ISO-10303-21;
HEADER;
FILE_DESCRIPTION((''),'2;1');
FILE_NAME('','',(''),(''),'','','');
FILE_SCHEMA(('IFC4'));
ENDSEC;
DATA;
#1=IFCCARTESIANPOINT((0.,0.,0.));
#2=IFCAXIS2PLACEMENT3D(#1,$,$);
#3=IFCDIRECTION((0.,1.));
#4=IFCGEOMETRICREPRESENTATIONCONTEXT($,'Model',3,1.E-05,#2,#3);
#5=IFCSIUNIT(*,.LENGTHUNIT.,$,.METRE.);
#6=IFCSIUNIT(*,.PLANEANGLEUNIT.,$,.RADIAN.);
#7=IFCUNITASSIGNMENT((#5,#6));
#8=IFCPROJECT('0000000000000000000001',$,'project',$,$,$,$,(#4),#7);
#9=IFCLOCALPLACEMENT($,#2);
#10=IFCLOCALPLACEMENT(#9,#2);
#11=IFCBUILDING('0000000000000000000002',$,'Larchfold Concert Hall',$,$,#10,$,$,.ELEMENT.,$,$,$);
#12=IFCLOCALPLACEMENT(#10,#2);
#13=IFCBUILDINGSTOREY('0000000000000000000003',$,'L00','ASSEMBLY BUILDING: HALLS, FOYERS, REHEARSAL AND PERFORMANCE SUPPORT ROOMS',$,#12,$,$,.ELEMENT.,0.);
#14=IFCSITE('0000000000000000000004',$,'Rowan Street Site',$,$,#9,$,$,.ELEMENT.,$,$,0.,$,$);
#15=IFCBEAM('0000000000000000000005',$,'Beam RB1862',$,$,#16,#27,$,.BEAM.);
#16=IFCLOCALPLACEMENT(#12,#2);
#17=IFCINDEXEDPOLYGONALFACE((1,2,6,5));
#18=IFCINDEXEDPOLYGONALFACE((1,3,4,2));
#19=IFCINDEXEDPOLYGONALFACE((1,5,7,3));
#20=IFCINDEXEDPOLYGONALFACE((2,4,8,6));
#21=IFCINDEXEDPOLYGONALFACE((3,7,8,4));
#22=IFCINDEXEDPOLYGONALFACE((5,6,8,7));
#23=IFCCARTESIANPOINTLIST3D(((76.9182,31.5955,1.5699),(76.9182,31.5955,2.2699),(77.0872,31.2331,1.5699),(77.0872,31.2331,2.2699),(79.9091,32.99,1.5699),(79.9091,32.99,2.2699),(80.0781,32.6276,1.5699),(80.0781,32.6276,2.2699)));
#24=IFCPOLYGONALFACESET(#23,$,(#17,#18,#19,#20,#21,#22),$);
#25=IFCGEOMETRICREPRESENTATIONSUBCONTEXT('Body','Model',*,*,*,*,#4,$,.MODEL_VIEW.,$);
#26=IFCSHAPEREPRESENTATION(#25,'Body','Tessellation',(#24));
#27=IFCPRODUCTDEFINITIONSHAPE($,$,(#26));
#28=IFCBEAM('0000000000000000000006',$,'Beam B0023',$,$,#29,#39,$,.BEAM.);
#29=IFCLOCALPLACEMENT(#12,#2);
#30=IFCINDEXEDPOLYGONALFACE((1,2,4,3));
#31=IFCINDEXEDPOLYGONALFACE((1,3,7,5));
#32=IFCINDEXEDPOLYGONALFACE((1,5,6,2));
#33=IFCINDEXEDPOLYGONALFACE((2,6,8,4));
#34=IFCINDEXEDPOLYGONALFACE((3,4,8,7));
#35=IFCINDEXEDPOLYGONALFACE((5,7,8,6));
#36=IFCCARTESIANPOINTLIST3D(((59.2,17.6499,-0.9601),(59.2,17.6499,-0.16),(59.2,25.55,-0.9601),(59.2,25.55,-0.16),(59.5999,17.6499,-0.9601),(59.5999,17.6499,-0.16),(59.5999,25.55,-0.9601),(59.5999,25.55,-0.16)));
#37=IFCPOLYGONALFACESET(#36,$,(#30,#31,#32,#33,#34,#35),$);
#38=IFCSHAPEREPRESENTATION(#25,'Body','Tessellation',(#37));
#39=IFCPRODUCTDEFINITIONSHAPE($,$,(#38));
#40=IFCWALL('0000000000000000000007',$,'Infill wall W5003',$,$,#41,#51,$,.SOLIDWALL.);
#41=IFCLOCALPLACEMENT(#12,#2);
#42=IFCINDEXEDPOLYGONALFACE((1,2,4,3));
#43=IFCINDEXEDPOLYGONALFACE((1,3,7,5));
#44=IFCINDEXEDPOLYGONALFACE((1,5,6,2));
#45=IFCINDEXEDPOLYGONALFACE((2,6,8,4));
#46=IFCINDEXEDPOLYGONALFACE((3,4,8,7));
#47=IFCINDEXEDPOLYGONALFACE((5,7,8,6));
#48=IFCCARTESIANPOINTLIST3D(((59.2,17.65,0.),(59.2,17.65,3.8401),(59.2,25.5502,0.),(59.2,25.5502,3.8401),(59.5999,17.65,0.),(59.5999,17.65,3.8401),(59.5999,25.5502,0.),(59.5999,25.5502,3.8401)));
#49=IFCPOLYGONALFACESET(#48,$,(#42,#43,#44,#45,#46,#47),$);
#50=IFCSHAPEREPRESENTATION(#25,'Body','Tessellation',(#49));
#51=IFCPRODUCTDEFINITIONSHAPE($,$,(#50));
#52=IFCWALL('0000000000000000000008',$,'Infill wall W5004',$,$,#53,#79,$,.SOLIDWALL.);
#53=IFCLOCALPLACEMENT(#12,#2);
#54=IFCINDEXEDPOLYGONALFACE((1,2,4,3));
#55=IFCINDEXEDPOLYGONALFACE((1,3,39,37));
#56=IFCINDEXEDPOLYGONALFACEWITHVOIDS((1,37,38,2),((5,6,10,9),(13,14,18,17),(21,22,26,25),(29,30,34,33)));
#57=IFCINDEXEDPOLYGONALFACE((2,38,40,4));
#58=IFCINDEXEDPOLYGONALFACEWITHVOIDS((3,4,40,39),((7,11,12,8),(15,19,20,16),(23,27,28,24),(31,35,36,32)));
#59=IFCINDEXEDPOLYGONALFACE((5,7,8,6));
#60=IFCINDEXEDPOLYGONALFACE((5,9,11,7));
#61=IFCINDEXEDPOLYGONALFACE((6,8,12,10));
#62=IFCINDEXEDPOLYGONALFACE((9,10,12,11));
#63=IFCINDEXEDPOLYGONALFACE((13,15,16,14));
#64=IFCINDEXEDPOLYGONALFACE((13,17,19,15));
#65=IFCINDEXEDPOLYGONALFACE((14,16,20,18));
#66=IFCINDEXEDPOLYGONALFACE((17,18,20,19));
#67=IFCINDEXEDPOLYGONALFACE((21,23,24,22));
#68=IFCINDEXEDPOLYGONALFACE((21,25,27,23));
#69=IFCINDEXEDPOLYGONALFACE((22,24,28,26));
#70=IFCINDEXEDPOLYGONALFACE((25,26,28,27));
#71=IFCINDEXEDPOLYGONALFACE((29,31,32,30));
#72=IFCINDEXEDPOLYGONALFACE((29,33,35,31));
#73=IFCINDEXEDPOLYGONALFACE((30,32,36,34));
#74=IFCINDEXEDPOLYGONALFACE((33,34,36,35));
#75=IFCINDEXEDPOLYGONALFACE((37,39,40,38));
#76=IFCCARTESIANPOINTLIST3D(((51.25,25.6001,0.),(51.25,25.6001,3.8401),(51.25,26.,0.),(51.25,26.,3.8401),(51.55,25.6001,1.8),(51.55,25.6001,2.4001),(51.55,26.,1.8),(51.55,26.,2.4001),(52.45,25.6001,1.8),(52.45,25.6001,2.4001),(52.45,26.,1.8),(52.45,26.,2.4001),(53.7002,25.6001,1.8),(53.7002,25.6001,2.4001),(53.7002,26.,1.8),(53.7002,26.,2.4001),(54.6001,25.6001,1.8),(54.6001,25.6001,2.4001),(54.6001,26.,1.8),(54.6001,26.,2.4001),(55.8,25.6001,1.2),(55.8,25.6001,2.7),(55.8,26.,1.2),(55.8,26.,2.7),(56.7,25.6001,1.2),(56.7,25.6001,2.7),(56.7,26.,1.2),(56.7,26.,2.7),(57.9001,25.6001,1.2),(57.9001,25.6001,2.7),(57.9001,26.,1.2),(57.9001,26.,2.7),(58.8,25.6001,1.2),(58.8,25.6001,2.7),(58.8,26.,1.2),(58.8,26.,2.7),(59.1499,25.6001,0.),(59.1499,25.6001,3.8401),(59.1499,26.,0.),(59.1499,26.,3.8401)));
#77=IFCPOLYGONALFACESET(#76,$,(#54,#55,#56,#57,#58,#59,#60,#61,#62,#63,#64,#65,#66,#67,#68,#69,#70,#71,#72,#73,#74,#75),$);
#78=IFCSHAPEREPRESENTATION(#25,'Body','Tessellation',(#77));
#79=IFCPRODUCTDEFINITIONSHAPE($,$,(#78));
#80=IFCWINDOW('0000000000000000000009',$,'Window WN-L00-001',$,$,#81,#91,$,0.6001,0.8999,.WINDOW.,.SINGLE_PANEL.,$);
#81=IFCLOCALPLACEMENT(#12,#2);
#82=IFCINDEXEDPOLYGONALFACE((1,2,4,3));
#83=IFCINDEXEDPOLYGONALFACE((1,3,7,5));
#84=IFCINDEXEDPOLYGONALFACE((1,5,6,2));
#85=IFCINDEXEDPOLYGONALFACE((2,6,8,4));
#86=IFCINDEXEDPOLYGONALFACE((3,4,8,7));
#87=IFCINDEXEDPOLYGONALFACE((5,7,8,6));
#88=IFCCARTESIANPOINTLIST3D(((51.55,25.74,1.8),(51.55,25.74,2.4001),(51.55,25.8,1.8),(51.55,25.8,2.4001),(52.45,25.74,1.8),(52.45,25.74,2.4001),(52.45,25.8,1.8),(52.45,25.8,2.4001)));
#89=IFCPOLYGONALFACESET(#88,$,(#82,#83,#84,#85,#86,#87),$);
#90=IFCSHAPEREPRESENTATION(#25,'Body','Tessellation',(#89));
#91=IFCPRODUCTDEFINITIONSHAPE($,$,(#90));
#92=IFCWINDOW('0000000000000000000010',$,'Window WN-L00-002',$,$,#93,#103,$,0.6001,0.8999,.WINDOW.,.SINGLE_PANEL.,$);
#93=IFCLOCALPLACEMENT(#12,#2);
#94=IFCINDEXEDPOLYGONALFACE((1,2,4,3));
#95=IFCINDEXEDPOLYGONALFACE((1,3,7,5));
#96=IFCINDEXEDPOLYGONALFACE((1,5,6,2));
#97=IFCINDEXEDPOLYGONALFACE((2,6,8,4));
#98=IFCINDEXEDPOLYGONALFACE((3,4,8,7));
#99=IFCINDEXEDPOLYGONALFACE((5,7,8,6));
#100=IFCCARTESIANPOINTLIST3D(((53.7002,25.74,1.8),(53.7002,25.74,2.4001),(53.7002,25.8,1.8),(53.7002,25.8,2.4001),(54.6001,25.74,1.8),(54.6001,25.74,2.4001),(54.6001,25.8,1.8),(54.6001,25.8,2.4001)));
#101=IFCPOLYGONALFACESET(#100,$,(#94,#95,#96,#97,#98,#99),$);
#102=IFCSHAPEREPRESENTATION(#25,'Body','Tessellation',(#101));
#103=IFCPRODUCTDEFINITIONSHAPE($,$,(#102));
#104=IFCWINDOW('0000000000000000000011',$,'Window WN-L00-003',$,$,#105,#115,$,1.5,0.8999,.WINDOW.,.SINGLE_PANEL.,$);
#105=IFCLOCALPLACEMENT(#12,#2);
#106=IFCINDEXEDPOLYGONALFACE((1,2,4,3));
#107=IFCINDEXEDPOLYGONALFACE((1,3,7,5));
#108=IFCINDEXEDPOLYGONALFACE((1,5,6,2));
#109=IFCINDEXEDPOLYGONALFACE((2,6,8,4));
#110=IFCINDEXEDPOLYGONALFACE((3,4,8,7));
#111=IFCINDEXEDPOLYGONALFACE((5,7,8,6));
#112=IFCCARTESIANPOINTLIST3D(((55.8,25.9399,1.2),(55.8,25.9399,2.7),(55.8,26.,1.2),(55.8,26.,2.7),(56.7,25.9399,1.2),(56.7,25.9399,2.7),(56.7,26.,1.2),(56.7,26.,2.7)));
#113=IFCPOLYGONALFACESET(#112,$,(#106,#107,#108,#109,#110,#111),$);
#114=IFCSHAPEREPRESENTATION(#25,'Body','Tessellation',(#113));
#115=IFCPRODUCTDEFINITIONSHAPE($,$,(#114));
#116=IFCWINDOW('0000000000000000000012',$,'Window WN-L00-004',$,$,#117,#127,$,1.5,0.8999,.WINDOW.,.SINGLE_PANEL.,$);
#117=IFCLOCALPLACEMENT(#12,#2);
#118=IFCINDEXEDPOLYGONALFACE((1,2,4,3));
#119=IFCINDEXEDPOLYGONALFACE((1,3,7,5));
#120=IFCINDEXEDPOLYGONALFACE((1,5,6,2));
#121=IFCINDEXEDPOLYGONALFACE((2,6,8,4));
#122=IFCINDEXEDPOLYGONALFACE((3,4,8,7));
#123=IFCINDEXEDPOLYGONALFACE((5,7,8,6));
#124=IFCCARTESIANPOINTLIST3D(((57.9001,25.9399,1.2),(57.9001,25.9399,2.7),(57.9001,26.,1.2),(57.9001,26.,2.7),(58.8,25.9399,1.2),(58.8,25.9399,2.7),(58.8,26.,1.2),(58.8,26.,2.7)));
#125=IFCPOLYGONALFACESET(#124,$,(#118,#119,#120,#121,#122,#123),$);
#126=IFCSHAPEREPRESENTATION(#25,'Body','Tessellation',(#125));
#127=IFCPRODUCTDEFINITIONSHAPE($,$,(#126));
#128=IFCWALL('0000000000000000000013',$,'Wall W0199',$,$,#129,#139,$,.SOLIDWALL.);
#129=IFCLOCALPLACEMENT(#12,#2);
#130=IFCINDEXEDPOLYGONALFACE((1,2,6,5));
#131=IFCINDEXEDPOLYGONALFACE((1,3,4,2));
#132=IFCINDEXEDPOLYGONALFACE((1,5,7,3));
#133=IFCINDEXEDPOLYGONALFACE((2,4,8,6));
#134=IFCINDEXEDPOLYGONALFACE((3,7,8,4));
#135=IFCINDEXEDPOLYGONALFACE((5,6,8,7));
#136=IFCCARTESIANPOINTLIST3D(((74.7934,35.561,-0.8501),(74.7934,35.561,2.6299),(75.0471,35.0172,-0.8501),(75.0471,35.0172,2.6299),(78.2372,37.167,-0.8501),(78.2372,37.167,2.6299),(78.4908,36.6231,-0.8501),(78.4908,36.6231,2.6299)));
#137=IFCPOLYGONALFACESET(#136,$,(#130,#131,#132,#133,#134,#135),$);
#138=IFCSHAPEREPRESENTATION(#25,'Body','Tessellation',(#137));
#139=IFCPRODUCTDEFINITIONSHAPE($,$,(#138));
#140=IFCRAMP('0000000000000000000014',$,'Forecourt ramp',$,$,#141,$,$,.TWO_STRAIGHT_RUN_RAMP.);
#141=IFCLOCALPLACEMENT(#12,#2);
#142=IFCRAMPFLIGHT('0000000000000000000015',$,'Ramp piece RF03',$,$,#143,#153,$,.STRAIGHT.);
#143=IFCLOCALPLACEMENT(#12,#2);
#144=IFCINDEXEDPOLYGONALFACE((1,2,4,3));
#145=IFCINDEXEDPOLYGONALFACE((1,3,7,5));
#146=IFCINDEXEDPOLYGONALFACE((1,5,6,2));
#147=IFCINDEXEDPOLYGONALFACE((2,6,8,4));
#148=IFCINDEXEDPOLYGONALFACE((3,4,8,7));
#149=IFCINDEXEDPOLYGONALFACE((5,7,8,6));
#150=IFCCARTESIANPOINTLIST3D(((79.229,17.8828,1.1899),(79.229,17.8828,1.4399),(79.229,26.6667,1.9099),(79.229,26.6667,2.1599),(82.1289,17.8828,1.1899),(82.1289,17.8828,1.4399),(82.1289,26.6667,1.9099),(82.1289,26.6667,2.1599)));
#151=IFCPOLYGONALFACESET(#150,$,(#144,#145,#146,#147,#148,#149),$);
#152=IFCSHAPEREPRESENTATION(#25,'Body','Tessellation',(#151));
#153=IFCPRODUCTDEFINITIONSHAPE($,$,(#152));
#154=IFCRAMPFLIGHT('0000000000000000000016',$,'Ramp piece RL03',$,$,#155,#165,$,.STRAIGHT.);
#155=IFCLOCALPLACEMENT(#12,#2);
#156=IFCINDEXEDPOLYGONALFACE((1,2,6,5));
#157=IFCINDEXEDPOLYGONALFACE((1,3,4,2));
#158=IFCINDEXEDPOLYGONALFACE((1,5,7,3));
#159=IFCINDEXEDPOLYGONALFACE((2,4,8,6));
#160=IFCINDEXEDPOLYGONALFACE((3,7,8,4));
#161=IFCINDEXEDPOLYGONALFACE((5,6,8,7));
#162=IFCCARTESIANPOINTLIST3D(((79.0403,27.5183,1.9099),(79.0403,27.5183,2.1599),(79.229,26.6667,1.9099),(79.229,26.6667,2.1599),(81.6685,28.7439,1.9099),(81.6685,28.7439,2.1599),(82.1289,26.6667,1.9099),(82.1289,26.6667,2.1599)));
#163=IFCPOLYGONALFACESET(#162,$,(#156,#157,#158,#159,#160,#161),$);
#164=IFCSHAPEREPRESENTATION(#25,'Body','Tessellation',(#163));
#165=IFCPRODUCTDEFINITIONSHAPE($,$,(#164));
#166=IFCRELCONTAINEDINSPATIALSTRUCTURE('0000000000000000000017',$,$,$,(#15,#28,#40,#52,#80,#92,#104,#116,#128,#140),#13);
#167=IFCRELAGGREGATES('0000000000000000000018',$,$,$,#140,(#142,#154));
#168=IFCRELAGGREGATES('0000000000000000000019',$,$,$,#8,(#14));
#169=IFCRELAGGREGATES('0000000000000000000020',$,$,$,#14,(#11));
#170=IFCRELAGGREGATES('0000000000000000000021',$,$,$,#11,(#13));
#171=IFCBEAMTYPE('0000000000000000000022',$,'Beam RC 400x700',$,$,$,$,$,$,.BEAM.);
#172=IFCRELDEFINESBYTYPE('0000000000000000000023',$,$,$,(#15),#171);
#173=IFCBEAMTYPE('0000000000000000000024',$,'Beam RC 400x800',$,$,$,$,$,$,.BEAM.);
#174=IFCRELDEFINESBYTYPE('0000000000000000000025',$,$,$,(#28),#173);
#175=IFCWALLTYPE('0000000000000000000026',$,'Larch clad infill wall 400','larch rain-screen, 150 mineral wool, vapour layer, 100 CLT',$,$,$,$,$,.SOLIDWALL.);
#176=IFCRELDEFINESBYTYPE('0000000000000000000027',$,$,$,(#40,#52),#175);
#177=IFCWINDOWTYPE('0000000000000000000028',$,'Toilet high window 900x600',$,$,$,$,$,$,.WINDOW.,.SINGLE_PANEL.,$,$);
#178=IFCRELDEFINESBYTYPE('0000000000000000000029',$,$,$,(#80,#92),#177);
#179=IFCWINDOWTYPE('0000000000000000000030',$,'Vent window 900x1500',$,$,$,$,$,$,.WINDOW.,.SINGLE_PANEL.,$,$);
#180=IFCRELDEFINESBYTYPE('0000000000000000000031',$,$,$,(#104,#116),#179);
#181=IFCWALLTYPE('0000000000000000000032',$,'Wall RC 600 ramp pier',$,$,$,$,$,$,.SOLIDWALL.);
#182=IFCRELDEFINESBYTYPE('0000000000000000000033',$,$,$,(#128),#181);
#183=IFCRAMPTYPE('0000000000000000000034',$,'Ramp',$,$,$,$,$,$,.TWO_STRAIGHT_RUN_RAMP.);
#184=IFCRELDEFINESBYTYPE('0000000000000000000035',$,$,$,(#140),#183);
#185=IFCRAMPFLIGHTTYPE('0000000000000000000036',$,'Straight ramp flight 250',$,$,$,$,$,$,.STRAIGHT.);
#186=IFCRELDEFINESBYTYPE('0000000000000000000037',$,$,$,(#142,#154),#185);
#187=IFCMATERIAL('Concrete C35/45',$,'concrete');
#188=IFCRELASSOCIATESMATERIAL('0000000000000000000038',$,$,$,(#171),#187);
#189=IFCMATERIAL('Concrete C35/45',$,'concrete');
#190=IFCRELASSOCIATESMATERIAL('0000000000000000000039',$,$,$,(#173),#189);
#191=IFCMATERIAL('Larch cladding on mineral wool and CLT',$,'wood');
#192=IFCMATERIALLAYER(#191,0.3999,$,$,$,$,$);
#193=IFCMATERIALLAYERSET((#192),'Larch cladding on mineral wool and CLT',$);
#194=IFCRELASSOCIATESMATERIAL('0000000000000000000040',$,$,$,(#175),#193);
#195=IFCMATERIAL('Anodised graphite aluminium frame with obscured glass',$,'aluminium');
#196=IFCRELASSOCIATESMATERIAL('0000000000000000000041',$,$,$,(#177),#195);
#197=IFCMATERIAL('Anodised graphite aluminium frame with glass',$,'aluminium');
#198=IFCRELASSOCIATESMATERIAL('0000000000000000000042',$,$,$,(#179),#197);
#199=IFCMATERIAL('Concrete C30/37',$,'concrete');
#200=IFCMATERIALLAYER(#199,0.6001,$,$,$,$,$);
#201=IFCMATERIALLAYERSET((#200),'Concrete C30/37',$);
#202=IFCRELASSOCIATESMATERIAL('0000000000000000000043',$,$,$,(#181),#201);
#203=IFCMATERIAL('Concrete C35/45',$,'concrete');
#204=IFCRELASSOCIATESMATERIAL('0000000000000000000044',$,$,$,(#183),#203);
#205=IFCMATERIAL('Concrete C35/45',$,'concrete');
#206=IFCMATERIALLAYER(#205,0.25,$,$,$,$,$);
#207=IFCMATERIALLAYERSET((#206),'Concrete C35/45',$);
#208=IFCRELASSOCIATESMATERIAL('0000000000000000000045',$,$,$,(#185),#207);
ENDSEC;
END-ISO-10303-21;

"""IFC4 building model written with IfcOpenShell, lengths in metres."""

from ifc_helpers import new_model, si_unit, direction, frame, frame_2d, origin, origin_2d, place, context, subcontext, project, spatial, polyline, rectangle, outline, extrude, material, layer, layer_set, material_profile, profile_set, type_object, element, fill, aggregate, save


model = new_model("IFC4")

# Units and contexts
model_context = context("Model", 3, precision=1e-05, world=origin(), true_north=direction((0.0, 1.0)))
body_context = subcontext(model_context, "Body", "Model", "MODEL_VIEW")
ifc_project = project(units=[si_unit("LENGTHUNIT", "METRE"), si_unit("PLANEANGLEUNIT", "RADIAN")], contexts=[model_context])

# Site, building, storey
site_placement = place(None, origin())
site = spatial("IfcSite", under=ifc_project, at=site_placement, Name="Rowan Street Site", CompositionType="ELEMENT", RefElevation=0.0)
building_placement = place(site_placement, origin())
building = spatial("IfcBuilding", under=site, at=building_placement, Name="Larchfold Concert Hall", CompositionType="ELEMENT")
storey_placement = place(building_placement, origin())
storey = spatial("IfcBuildingStorey", under=building, at=storey_placement, Name="L00", Description="ASSEMBLY BUILDING: HALLS, FOYERS, REHEARSAL AND PERFORMANCE SUPPORT ROOMS", CompositionType="ELEMENT", Elevation=0.0)

# Beams
ifc_material_1 = material(Name="Concrete C35/45", Category="concrete")
ifc_material_profile_1 = material_profile(ifc_material_1, rectangle(XDim=0.3999, YDim=0.7, at=origin_2d()))
ifc_profile_set_1 = profile_set([ifc_material_profile_1], Name="Concrete C35/45")
beam_type_1 = type_object("IfcBeamType", Name="Beam RC 400x700", PredefinedType="BEAM", material=ifc_profile_set_1)
beam_1_placement = place(storey_placement, frame((77.0027, 31.4143, 1.9199), z_axis=(0.906329, 0.422574, 0.0), x_axis=(-0.422574, 0.906329, 0.0)))
element("IfcBeam", 1, at=beam_1_placement, inside=storey, type_object=beam_type_1, Name="Beam RB1862", PredefinedType="BEAM", context=body_context, shape_type="SweptSolid", body=[
    extrude(rectangle(XDim=0.3999, YDim=0.7, at=origin_2d()), origin(), (0.0, 0.0, 1.0), 3.3),
])
ifc_material_2 = material(Name="Concrete C35/45", Category="concrete")
ifc_material_profile_2 = material_profile(ifc_material_2, rectangle(XDim=0.3999, YDim=0.8, at=origin_2d()))
ifc_profile_set_2 = profile_set([ifc_material_profile_2], Name="Concrete C35/45")
beam_type_2 = type_object("IfcBeamType", Name="Beam RC 400x800", PredefinedType="BEAM", material=ifc_profile_set_2)
beam_2_placement = place(storey_placement, frame((59.3999, 17.6499, -0.5601), z_axis=(0.0, 1.0, 0.0), x_axis=(-1.0, 0.0, 0.0)))
element("IfcBeam", 2, at=beam_2_placement, inside=storey, type_object=beam_type_2, Name="Beam B0023", PredefinedType="BEAM", context=body_context, shape_type="SweptSolid", body=[
    extrude(rectangle(XDim=0.3999, YDim=0.8, at=origin_2d()), origin(), (0.0, 0.0, 1.0), 7.9001),
])

# Wall
ifc_material_3 = material(Name="Larch cladding on mineral wool and CLT", Category="wood")
ifc_layer_1 = layer(ifc_material_3, 0.3999)
ifc_layer_set_1 = layer_set([ifc_layer_1], Name="Larch cladding on mineral wool and CLT")
wall_type_1 = type_object("IfcWallType", Name="Larch clad infill wall 400", Description="larch rain-screen, 150 mineral wool, vapour layer, 100 CLT", PredefinedType="SOLIDWALL", material=ifc_layer_set_1)
wall_1_placement = place(storey_placement, frame((59.3999, 17.6499, 0.0), z_axis=(0.0, 0.0, 1.0), x_axis=(0.0, 1.0, 0.0)))
element("IfcWall", 3, at=wall_1_placement, inside=storey, type_object=wall_type_1, Name="Infill wall W5003", PredefinedType="SOLIDWALL", context=body_context, shape_type="SweptSolid", body=[
    extrude(rectangle(XDim=7.9001, YDim=0.3999, at=frame_2d((3.9502, 0.0))), origin(), (0.0, 0.0, 1.0), 3.8401),
])

# Wall, openings, windows
wall_2_placement = place(storey_placement, frame((59.1499, 25.8, 0.0), z_axis=(0.0, 0.0, 1.0), x_axis=(-1.0, 0.0, 0.0)))
wall_2 = element("IfcWall", 4, at=wall_2_placement, inside=storey, type_object=wall_type_1, Name="Infill wall W5004", PredefinedType="SOLIDWALL", context=body_context, shape_type="SweptSolid", body=[
    extrude(rectangle(XDim=7.8999, YDim=0.3999, at=frame_2d((3.95, 0.0))), origin(), (0.0, 0.0, 1.0), 3.8401),
])
opening_1_placement = place(wall_2_placement, frame((6.7, 0.0, 1.8)))
opening_1 = element("IfcOpeningElement", 5, at=opening_1_placement, cuts=wall_2, PredefinedType="OPENING", context=body_context, shape_type="SweptSolid", body=[
    extrude(rectangle(XDim=0.8999, YDim=0.6001, at=frame_2d((0.45, 0.3))), frame((0.0, 0.21, 0.0), z_axis=(0.0, -1.0, 0.0), x_axis=(1.0, 0.0, 0.0)), (0.0, 0.0, 1.0), 0.4199),
])
opening_2_placement = place(wall_2_placement, frame((4.5498, 0.0, 1.8)))
opening_2 = element("IfcOpeningElement", 6, at=opening_2_placement, cuts=wall_2, PredefinedType="OPENING", context=body_context, shape_type="SweptSolid", body=[
    extrude(rectangle(XDim=0.8999, YDim=0.6001, at=frame_2d((0.45, 0.3))), frame((0.0, 0.21, 0.0), z_axis=(0.0, -1.0, 0.0), x_axis=(1.0, 0.0, 0.0)), (0.0, 0.0, 1.0), 0.4199),
])
opening_3_placement = place(wall_2_placement, frame((2.45, 0.0, 1.2)))
opening_3 = element("IfcOpeningElement", 7, at=opening_3_placement, cuts=wall_2, PredefinedType="OPENING", context=body_context, shape_type="SweptSolid", body=[
    extrude(rectangle(XDim=0.8999, YDim=1.5, at=frame_2d((0.45, 0.75))), frame((0.0, 0.21, 0.0), z_axis=(0.0, -1.0, 0.0), x_axis=(1.0, 0.0, 0.0)), (0.0, 0.0, 1.0), 0.4199),
])
opening_4_placement = place(wall_2_placement, frame((0.3499, 0.0, 1.2)))
opening_4 = element("IfcOpeningElement", 8, at=opening_4_placement, cuts=wall_2, PredefinedType="OPENING", context=body_context, shape_type="SweptSolid", body=[
    extrude(rectangle(XDim=0.8999, YDim=1.5, at=frame_2d((0.45, 0.75))), frame((0.0, 0.21, 0.0), z_axis=(0.0, -1.0, 0.0), x_axis=(1.0, 0.0, 0.0)), (0.0, 0.0, 1.0), 0.4199),
])
ifc_material_4 = material(Name="Anodised graphite aluminium frame with obscured glass", Category="aluminium")
window_type_1 = type_object("IfcWindowType", Name="Toilet high window 900x600", PartitioningType="SINGLE_PANEL", PredefinedType="WINDOW", material=ifc_material_4)
window_1_placement = place(opening_1_placement, origin())
window_1 = element("IfcWindow", 9, at=window_1_placement, inside=storey, type_object=window_type_1, Name="Window WN-L00-001", OverallHeight=0.6001, OverallWidth=0.8999, PartitioningType="SINGLE_PANEL", PredefinedType="WINDOW", context=body_context, shape_type="SweptSolid", body=[
    extrude(rectangle(XDim=0.8999, YDim=0.6001, at=frame_2d((0.45, 0.3))), frame((0.0, 0.0601, 0.0), z_axis=(0.0, -1.0, 0.0), x_axis=(1.0, 0.0, 0.0)), (0.0, 0.0, 1.0), 0.0601),
])
fill(opening_1, window_1)
window_2_placement = place(opening_2_placement, origin())
window_2 = element("IfcWindow", 10, at=window_2_placement, inside=storey, type_object=window_type_1, Name="Window WN-L00-002", OverallHeight=0.6001, OverallWidth=0.8999, PartitioningType="SINGLE_PANEL", PredefinedType="WINDOW", context=body_context, shape_type="SweptSolid", body=[
    extrude(rectangle(XDim=0.8999, YDim=0.6001, at=frame_2d((0.45, 0.3))), frame((0.0, 0.0601, 0.0), z_axis=(0.0, -1.0, 0.0), x_axis=(1.0, 0.0, 0.0)), (0.0, 0.0, 1.0), 0.0601),
])
fill(opening_2, window_2)
ifc_material_5 = material(Name="Anodised graphite aluminium frame with glass", Category="aluminium")
window_type_2 = type_object("IfcWindowType", Name="Vent window 900x1500", PartitioningType="SINGLE_PANEL", PredefinedType="WINDOW", material=ifc_material_5)
window_3_placement = place(opening_3_placement, origin())
window_3 = element("IfcWindow", 11, at=window_3_placement, inside=storey, type_object=window_type_2, Name="Window WN-L00-003", OverallHeight=1.5, OverallWidth=0.8999, PartitioningType="SINGLE_PANEL", PredefinedType="WINDOW", context=body_context, shape_type="SweptSolid", body=[
    extrude(rectangle(XDim=0.8999, YDim=1.5, at=frame_2d((0.45, 0.75))), frame((0.0, -0.1399, 0.0), z_axis=(0.0, -1.0, 0.0), x_axis=(1.0, 0.0, 0.0)), (0.0, 0.0, 1.0), 0.0601),
])
fill(opening_3, window_3)
window_4_placement = place(opening_4_placement, origin())
window_4 = element("IfcWindow", 12, at=window_4_placement, inside=storey, type_object=window_type_2, Name="Window WN-L00-004", OverallHeight=1.5, OverallWidth=0.8999, PartitioningType="SINGLE_PANEL", PredefinedType="WINDOW", context=body_context, shape_type="SweptSolid", body=[
    extrude(rectangle(XDim=0.8999, YDim=1.5, at=frame_2d((0.45, 0.75))), frame((0.0, -0.1399, 0.0), z_axis=(0.0, -1.0, 0.0), x_axis=(1.0, 0.0, 0.0)), (0.0, 0.0, 1.0), 0.0601),
])
fill(opening_4, window_4)

# Wall
ifc_material_6 = material(Name="Concrete C30/37", Category="concrete")
ifc_layer_2 = layer(ifc_material_6, 0.6001)
ifc_layer_set_2 = layer_set([ifc_layer_2], Name="Concrete C30/37")
wall_type_2 = type_object("IfcWallType", Name="Wall RC 600 ramp pier", PredefinedType="SOLIDWALL", material=ifc_layer_set_2)
wall_3_placement = place(storey_placement, frame((78.364, 36.895, -0.8501), z_axis=(0.0, 0.0, 1.0), x_axis=(-0.906301, -0.422632, 0.0)))
element("IfcWall", 13, at=wall_3_placement, inside=storey, type_object=wall_type_2, Name="Wall W0199", PredefinedType="SOLIDWALL", context=body_context, shape_type="SweptSolid", body=[
    extrude(rectangle(XDim=3.7998, YDim=0.6001, at=frame_2d((1.8999, 0.0))), origin(), (0.0, 0.0, 1.0), 3.48),
])

# Ramp, ramp flights
ifc_material_7 = material(Name="Concrete C35/45", Category="concrete")
ramp_type = type_object("IfcRampType", Name="Ramp", PredefinedType="TWO_STRAIGHT_RUN_RAMP", material=ifc_material_7)
ramp_placement = place(storey_placement, origin())
ramp = element("IfcRamp", 14, at=ramp_placement, inside=storey, type_object=ramp_type, Name="Forecourt ramp", PredefinedType="TWO_STRAIGHT_RUN_RAMP")
ifc_material_8 = material(Name="Concrete C35/45", Category="concrete")
ifc_layer_3 = layer(ifc_material_8, 0.25)
ifc_layer_set_3 = layer_set([ifc_layer_3], Name="Concrete C35/45")
ramp_flight_type = type_object("IfcRampFlightType", Name="Straight ramp flight 250", PredefinedType="STRAIGHT", material=ifc_layer_set_3)
ramp_flight_1_placement = place(storey_placement, frame((79.229, 17.8828, 1.4399), z_axis=(0.0, -0.081691, 0.996658), x_axis=(0.0, 0.996658, 0.081691)))
ramp_flight_1 = element("IfcRampFlight", 15, at=ramp_flight_1_placement, type_object=ramp_flight_type, Name="Ramp piece RF03", PredefinedType="STRAIGHT", context=body_context, shape_type="SweptSolid", body=[
    extrude(outline(polyline([(0.0, 0.0), (8.8134, 0.0), (8.8134, -2.8999), (0.0, -2.8999), (0.0, 0.0)])), origin(), (-0.081691, 0.0, -0.996658), 0.25),
])
ramp_flight_2_placement = place(storey_placement, frame((79.229, 26.6667, 2.1599), z_axis=(0.0, 0.0, 1.0), x_axis=(-0.216367, 0.976312, 0.0)))
ramp_flight_2 = element("IfcRampFlight", 16, at=ramp_flight_2_placement, type_object=ramp_flight_type, Name="Ramp piece RL03", PredefinedType="STRAIGHT", context=body_context, shape_type="SweptSolid", body=[
    extrude(outline(polyline([(0.0, 0.0), (0.8722, 0.0), (1.5001, -2.8311), (-0.6274, -2.8312), (0.0, 0.0)])), origin(), (0.0, 0.0, -1.0), 0.25),
])
aggregate(ramp, [ramp_flight_1, ramp_flight_2])

save(model, "model.ifc")
